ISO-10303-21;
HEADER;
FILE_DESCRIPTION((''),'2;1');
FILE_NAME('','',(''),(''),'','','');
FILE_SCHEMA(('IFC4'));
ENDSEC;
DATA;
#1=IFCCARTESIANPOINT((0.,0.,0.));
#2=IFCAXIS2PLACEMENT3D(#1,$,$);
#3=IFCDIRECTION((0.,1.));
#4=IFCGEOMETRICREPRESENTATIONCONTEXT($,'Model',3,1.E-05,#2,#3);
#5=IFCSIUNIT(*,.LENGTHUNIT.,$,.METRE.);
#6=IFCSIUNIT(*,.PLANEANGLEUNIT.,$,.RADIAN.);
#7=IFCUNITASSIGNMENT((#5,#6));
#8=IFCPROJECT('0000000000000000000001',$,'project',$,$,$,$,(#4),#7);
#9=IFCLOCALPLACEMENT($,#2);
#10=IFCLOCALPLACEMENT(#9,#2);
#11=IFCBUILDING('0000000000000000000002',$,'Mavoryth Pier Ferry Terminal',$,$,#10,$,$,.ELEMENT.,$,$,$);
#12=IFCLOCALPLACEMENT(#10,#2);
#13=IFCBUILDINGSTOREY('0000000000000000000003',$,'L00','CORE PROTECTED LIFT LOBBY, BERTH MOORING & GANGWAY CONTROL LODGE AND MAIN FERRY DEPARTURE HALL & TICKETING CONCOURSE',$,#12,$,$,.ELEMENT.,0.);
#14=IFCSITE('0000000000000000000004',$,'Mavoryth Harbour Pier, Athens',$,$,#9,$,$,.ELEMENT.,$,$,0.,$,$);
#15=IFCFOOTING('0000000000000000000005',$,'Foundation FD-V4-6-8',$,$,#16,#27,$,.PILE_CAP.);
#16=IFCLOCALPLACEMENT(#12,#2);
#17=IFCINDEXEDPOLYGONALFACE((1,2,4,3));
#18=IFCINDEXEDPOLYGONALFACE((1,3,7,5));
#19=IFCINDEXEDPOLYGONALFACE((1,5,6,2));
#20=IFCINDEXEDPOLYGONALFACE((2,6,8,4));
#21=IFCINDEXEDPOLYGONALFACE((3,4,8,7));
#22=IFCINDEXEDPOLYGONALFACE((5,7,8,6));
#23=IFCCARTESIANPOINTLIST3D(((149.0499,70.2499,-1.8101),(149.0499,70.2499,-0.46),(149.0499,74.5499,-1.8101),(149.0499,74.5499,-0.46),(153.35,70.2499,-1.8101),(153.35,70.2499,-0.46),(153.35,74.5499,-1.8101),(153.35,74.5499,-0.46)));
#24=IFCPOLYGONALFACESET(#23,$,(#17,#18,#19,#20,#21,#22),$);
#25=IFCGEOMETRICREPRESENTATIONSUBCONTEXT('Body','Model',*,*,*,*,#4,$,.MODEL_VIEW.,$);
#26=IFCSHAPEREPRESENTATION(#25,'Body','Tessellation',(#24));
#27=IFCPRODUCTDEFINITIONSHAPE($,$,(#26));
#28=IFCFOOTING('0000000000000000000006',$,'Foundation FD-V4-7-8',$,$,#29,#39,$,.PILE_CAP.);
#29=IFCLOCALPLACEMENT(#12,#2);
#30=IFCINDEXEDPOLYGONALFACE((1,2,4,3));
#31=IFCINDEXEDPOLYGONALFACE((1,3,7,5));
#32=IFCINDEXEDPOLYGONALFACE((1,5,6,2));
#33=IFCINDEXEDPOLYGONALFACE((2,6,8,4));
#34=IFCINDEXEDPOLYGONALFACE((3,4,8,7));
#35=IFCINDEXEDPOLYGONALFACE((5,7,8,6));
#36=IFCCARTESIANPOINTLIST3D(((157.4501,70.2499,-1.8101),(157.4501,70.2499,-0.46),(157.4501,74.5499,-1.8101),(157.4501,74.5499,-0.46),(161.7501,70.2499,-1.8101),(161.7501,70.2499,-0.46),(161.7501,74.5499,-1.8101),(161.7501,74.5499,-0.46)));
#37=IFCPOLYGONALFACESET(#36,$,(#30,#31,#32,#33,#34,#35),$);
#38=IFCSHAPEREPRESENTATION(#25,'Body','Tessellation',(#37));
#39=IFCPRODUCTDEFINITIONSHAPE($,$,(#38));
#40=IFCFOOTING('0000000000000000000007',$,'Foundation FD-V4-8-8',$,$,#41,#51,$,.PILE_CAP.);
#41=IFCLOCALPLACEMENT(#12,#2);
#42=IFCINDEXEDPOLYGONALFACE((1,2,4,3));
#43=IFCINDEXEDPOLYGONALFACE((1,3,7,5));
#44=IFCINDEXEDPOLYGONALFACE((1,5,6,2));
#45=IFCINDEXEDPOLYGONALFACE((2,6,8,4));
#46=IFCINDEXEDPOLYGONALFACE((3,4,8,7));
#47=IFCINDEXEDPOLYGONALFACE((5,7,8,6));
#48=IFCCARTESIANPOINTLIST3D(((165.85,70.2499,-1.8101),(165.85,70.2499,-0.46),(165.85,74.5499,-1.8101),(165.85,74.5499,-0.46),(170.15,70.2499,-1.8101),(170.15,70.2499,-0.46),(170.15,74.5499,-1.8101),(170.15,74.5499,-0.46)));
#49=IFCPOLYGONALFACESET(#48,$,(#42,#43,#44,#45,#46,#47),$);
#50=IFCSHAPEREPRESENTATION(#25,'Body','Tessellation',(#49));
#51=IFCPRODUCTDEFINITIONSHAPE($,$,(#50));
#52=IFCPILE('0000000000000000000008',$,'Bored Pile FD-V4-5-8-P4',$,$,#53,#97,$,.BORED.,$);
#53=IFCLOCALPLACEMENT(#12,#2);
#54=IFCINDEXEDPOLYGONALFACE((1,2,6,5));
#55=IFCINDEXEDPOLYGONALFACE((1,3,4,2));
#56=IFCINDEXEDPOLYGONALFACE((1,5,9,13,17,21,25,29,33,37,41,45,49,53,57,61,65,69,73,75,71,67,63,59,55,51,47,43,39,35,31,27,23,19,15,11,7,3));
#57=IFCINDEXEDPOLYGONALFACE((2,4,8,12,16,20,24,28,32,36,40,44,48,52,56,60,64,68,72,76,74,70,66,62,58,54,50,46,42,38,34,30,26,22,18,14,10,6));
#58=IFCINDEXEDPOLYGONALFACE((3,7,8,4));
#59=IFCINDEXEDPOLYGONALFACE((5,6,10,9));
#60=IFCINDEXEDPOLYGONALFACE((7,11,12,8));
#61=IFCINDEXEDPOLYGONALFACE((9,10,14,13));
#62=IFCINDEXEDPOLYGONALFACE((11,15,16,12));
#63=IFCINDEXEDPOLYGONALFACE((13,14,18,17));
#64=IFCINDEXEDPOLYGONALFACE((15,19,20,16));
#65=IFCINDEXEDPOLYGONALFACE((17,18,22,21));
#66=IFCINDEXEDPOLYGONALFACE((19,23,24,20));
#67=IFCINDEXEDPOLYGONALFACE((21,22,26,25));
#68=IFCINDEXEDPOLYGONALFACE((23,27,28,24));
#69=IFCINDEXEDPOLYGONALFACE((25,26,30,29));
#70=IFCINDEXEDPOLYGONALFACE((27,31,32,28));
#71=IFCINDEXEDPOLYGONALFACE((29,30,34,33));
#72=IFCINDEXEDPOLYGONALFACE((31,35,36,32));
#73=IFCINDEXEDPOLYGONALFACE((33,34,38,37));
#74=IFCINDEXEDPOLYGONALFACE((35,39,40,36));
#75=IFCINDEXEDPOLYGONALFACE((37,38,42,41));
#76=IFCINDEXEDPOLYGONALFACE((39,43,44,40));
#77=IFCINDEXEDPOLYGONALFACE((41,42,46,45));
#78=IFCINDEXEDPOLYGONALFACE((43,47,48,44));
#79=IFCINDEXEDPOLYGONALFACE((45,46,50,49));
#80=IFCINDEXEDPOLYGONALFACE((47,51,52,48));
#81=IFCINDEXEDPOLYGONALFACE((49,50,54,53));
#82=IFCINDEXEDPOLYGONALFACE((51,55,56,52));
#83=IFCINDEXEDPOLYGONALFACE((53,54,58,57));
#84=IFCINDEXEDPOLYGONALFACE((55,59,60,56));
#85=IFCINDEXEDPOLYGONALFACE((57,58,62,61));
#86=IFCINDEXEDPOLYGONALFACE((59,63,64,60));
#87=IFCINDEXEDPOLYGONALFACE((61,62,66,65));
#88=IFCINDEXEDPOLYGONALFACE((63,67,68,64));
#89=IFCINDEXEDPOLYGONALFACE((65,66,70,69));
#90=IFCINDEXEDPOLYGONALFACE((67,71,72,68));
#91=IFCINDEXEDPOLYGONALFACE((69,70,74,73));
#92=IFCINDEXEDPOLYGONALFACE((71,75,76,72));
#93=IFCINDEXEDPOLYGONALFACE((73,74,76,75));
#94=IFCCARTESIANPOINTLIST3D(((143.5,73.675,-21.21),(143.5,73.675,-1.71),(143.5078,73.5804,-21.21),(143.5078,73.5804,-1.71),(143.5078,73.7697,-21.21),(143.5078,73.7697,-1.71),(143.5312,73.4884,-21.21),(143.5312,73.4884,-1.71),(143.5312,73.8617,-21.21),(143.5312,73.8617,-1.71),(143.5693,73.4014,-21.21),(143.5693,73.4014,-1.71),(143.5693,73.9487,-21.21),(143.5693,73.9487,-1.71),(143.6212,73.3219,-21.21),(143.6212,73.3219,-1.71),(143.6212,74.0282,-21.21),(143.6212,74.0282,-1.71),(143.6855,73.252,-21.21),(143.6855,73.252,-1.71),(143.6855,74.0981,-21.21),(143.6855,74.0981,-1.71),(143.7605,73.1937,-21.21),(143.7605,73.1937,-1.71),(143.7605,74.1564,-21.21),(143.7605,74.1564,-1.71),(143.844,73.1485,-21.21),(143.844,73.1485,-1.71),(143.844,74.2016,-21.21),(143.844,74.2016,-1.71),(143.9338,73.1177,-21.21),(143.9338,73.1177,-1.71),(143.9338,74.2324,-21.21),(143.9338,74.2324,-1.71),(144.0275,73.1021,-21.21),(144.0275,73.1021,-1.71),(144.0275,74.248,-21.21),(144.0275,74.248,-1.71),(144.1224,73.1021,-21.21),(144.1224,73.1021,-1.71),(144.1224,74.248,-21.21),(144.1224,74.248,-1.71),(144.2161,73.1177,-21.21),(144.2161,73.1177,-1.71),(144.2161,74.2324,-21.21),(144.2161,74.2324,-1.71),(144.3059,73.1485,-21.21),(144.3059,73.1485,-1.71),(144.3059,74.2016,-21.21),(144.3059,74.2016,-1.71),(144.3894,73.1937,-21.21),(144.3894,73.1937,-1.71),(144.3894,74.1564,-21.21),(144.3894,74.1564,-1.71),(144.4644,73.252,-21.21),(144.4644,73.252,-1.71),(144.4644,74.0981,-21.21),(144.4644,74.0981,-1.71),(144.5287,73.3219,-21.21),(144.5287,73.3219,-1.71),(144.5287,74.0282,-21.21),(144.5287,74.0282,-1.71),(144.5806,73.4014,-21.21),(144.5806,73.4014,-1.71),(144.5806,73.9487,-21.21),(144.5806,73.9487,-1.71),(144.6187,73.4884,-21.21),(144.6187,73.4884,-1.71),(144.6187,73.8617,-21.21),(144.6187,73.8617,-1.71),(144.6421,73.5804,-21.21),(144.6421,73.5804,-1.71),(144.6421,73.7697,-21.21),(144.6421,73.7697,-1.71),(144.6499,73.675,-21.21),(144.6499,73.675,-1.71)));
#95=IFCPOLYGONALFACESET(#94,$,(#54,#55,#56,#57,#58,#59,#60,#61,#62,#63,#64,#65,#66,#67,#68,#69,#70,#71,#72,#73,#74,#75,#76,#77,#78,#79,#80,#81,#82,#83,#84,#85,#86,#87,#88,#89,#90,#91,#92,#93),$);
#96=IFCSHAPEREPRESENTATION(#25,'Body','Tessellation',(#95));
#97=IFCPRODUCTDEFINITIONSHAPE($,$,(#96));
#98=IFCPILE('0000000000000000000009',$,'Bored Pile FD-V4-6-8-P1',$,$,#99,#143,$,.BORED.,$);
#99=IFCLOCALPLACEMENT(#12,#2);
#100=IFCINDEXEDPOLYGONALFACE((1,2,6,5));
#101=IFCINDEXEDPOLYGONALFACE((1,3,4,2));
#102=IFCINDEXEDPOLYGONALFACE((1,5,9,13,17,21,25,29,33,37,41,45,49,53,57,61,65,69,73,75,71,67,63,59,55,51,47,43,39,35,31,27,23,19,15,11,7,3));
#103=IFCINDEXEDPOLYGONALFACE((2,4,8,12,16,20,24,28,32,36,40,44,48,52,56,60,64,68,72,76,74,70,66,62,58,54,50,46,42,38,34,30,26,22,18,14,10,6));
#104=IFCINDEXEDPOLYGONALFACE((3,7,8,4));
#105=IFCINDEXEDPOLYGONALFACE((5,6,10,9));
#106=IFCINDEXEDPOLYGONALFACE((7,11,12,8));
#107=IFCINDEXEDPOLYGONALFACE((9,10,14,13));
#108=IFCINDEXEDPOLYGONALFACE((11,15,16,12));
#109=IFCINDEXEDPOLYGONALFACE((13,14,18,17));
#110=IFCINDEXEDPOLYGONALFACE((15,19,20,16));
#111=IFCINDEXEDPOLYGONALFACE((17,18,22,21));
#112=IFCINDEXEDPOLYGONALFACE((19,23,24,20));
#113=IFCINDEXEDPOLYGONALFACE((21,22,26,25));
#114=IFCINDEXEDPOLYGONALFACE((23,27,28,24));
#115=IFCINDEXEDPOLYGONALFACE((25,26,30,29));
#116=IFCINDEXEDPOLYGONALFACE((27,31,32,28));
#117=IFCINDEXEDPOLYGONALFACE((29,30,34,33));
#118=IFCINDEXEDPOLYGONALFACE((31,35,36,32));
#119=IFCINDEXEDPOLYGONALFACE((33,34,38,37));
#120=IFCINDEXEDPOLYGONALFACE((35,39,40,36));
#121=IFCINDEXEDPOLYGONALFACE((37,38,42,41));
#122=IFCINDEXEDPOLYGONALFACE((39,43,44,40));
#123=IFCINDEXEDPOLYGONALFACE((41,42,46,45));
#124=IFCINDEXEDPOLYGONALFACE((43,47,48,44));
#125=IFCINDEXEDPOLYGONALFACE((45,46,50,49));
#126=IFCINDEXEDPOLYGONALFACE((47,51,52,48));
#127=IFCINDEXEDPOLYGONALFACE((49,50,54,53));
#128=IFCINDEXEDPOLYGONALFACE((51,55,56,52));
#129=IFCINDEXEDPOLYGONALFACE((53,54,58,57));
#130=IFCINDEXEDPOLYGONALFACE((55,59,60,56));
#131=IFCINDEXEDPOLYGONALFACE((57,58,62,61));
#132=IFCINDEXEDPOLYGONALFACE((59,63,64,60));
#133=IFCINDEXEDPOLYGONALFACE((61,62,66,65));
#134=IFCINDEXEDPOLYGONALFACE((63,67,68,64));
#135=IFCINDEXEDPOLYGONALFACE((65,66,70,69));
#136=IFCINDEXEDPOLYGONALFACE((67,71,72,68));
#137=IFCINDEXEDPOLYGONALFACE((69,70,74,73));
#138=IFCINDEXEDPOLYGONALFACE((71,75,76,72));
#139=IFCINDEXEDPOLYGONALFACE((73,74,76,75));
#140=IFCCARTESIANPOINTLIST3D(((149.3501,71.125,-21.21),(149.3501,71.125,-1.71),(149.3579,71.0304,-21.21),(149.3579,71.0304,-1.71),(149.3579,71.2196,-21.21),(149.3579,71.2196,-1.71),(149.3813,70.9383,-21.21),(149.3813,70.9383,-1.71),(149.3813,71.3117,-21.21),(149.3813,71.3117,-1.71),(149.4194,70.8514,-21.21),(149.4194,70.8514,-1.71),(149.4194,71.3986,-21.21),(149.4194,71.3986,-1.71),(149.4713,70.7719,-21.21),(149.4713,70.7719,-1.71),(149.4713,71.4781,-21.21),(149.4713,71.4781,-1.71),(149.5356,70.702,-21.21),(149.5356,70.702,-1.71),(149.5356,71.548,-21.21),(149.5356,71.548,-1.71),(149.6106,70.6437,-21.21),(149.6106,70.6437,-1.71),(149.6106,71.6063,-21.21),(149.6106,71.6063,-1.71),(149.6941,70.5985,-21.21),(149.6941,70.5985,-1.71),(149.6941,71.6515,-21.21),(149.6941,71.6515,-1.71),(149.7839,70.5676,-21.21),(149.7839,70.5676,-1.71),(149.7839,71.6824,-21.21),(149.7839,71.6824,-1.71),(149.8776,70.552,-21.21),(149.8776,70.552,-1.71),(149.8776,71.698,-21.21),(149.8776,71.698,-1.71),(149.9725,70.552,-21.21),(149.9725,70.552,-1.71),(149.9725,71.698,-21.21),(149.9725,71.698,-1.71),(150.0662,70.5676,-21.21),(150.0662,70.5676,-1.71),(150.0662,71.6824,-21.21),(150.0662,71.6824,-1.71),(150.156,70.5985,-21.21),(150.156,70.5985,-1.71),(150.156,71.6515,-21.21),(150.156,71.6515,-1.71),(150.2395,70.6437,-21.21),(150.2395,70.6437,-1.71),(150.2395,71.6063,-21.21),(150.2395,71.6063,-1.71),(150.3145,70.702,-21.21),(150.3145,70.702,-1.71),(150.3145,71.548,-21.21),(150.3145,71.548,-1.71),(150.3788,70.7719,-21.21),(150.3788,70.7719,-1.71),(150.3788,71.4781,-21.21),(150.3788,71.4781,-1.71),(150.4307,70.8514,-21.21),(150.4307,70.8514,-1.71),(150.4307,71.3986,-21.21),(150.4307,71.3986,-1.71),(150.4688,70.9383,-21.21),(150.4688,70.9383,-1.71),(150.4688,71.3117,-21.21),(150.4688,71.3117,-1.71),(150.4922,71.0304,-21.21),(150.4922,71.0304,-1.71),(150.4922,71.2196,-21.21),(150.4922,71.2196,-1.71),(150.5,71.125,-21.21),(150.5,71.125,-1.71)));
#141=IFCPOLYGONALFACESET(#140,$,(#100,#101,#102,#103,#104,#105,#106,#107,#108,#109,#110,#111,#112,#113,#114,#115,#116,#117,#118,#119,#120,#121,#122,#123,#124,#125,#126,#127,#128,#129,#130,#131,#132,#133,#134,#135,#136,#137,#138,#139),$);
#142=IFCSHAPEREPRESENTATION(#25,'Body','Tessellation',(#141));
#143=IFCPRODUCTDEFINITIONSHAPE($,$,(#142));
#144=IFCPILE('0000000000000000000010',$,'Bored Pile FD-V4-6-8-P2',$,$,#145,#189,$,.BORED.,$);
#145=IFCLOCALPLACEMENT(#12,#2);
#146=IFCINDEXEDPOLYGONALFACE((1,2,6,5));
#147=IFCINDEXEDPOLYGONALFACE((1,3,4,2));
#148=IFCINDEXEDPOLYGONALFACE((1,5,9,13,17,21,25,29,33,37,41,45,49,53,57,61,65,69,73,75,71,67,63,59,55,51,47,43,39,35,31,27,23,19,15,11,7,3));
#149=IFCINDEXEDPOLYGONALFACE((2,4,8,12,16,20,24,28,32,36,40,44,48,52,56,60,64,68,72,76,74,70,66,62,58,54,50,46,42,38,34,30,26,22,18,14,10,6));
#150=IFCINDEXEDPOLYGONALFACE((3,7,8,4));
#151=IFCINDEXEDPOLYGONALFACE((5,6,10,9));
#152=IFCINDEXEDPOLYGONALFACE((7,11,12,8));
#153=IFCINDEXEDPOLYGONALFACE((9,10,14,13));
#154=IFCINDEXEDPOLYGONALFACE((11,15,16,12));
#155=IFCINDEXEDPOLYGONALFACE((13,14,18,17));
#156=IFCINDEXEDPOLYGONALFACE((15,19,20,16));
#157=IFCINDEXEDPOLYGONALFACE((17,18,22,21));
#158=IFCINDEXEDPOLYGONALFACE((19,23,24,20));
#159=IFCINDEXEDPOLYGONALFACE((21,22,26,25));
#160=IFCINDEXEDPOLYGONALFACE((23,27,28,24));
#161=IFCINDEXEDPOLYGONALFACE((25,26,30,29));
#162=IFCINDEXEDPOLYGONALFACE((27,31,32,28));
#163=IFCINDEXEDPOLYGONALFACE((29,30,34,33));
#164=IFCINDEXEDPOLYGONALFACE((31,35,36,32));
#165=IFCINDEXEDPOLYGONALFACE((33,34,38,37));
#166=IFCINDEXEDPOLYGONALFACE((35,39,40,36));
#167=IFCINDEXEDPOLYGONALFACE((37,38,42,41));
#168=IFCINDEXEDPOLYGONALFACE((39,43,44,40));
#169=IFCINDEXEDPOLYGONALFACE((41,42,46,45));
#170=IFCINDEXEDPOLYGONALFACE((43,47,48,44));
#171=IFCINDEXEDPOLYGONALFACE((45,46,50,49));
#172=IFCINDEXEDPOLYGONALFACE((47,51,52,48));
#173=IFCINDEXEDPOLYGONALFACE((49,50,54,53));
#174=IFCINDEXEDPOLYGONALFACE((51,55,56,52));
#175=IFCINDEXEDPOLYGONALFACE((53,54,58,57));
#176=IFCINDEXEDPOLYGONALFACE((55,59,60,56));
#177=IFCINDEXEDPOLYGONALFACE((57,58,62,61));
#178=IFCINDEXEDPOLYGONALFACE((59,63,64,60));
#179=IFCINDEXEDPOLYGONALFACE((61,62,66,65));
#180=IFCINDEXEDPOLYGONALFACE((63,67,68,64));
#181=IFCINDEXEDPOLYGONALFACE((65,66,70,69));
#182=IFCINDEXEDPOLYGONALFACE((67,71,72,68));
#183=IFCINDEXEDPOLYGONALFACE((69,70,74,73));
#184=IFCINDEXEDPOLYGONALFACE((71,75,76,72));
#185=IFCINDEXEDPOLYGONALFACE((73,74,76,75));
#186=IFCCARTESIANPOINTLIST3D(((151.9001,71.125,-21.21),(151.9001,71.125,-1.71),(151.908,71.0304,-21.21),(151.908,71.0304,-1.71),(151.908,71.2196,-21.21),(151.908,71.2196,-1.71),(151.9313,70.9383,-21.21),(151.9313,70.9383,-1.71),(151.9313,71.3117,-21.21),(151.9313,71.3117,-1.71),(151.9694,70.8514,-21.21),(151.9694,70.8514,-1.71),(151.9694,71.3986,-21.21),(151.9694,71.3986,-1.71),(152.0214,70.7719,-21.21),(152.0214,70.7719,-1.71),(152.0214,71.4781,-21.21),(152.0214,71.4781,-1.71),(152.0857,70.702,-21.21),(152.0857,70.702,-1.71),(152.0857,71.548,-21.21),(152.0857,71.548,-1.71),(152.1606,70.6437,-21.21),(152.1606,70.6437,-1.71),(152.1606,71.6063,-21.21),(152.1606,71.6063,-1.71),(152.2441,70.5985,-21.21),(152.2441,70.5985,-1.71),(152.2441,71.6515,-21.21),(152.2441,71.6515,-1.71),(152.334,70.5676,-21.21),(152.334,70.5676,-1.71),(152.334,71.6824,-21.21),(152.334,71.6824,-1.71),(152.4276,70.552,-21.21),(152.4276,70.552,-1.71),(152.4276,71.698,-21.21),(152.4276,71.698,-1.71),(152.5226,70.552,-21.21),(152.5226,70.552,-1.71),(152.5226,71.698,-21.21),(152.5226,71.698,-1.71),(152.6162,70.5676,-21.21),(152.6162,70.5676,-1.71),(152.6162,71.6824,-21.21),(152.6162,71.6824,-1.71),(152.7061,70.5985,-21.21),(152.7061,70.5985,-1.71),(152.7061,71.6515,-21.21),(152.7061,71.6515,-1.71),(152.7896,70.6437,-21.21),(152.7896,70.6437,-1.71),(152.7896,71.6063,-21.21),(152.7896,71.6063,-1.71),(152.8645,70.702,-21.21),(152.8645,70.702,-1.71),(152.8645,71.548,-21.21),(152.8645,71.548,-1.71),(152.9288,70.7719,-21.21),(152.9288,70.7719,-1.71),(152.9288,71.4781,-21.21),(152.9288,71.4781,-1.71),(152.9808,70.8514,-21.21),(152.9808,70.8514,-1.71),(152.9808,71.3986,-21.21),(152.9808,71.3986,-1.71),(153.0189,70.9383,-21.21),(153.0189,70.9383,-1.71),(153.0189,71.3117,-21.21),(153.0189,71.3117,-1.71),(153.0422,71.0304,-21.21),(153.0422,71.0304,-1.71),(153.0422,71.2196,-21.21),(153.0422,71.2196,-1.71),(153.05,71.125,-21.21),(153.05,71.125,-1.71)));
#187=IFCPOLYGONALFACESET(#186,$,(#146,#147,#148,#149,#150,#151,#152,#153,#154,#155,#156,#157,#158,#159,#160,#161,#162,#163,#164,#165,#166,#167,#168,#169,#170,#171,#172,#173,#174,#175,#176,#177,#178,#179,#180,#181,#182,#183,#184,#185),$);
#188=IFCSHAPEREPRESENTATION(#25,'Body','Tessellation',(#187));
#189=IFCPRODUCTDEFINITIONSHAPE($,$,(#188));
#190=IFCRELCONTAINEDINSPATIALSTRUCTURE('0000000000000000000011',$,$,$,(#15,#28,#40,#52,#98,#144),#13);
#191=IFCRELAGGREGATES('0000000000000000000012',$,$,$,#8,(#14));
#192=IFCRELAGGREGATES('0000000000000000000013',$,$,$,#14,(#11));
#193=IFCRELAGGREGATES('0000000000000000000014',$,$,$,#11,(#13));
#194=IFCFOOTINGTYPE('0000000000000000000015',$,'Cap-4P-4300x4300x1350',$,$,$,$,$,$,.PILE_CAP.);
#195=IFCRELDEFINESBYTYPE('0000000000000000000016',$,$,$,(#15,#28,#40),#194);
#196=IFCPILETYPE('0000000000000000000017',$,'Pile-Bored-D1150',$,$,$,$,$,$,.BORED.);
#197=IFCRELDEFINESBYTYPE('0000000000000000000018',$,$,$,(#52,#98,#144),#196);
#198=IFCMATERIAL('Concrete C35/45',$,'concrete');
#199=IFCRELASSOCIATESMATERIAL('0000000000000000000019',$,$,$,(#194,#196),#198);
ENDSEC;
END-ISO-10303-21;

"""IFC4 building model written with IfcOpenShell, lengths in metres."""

from ifc_helpers import new_model, si_unit, direction, frame, origin, origin_2d, place, context, subcontext, project, spatial, rectangle, circle, extrude, material, material_profile, profile_set, type_object, element, save


model = new_model("IFC4")

# Units and contexts
model_context = context("Model", 3, precision=1e-05, world=origin(), true_north=direction((0.0, 1.0)))
body_context = subcontext(model_context, "Body", "Model", "MODEL_VIEW")
ifc_project = project(units=[si_unit("LENGTHUNIT", "METRE"), si_unit("PLANEANGLEUNIT", "RADIAN")], contexts=[model_context])

# Site, building, storey
site_placement = place(None, origin())
site = spatial("IfcSite", under=ifc_project, at=site_placement, Name="Mavoryth Harbour Pier, Athens", CompositionType="ELEMENT", RefElevation=0.0)
building_placement = place(site_placement, origin())
building = spatial("IfcBuilding", under=site, at=building_placement, Name="Mavoryth Pier Ferry Terminal", CompositionType="ELEMENT")
storey_placement = place(building_placement, origin())
storey = spatial("IfcBuildingStorey", under=building, at=storey_placement, Name="L00", Description="CORE PROTECTED LIFT LOBBY, BERTH MOORING & GANGWAY CONTROL LODGE AND MAIN FERRY DEPARTURE HALL & TICKETING CONCOURSE", CompositionType="ELEMENT", Elevation=0.0)

# Footings
ifc_material_1 = material(Name="Concrete C35/45", Category="concrete")
footing_type_1 = type_object("IfcFootingType", Name="Cap-4P-4300x4300x1350", PredefinedType="PILE_CAP", material=ifc_material_1)
for number, where, z_axis, x_axis, name in (
    (1, (151.2, 72.3999, -1.8101), (0.0, 0.0, 1.0), (1.0, 0.0, 0.0), "Foundation FD-V4-6-8"),
    (2, (159.6001, 72.3999, -1.8101), (0.0, 0.0, 1.0), (1.0, 0.0, 0.0), "Foundation FD-V4-7-8"),
    (3, (168.0, 72.3999, -1.8101), (0.0, 0.0, 1.0), (1.0, 0.0, 0.0), "Foundation FD-V4-8-8"),
):
    element("IfcFooting", number, at=place(storey_placement, frame(where, z_axis=z_axis, x_axis=x_axis)), inside=storey, type_object=footing_type_1, Name=name, PredefinedType="PILE_CAP", context=body_context, shape_type="SweptSolid", body=[
        extrude(rectangle(XDim=4.3, YDim=4.3, at=origin_2d()), origin(), (0.0, 0.0, 1.0), 1.3501),
    ])

# Piles
ifc_material_profile_1 = material_profile(ifc_material_1, circle(Radius=0.575, at=origin_2d()), Name="PILE D1150", Category="concrete")
ifc_profile_set_1 = profile_set([ifc_material_profile_1], Name="Concrete C35/45 - PILE D1150")
pile_type = type_object("IfcPileType", Name="Pile-Bored-D1150", PredefinedType="BORED", material=ifc_profile_set_1)
for number, where, z_axis, x_axis, name in (
    (4, (144.075, 73.675, -1.71), (0.0, 0.0, -1.0), (1.0, 0.0, 0.0), "Bored Pile FD-V4-5-8-P4"),
    (5, (149.925, 71.125, -1.71), (0.0, 0.0, -1.0), (1.0, 0.0, 0.0), "Bored Pile FD-V4-6-8-P1"),
    (6, (152.4751, 71.125, -1.71), (0.0, 0.0, -1.0), (1.0, 0.0, 0.0), "Bored Pile FD-V4-6-8-P2"),
):
    element("IfcPile", number, at=place(storey_placement, frame(where, z_axis=z_axis, x_axis=x_axis)), inside=storey, type_object=pile_type, Name=name, PredefinedType="BORED", context=body_context, shape_type="SweptSolid", body=[
        extrude(circle(Radius=0.575, at=origin_2d()), origin(), (0.0, 0.0, 1.0), 19.5),
    ])

save(model, "model.ifc")
